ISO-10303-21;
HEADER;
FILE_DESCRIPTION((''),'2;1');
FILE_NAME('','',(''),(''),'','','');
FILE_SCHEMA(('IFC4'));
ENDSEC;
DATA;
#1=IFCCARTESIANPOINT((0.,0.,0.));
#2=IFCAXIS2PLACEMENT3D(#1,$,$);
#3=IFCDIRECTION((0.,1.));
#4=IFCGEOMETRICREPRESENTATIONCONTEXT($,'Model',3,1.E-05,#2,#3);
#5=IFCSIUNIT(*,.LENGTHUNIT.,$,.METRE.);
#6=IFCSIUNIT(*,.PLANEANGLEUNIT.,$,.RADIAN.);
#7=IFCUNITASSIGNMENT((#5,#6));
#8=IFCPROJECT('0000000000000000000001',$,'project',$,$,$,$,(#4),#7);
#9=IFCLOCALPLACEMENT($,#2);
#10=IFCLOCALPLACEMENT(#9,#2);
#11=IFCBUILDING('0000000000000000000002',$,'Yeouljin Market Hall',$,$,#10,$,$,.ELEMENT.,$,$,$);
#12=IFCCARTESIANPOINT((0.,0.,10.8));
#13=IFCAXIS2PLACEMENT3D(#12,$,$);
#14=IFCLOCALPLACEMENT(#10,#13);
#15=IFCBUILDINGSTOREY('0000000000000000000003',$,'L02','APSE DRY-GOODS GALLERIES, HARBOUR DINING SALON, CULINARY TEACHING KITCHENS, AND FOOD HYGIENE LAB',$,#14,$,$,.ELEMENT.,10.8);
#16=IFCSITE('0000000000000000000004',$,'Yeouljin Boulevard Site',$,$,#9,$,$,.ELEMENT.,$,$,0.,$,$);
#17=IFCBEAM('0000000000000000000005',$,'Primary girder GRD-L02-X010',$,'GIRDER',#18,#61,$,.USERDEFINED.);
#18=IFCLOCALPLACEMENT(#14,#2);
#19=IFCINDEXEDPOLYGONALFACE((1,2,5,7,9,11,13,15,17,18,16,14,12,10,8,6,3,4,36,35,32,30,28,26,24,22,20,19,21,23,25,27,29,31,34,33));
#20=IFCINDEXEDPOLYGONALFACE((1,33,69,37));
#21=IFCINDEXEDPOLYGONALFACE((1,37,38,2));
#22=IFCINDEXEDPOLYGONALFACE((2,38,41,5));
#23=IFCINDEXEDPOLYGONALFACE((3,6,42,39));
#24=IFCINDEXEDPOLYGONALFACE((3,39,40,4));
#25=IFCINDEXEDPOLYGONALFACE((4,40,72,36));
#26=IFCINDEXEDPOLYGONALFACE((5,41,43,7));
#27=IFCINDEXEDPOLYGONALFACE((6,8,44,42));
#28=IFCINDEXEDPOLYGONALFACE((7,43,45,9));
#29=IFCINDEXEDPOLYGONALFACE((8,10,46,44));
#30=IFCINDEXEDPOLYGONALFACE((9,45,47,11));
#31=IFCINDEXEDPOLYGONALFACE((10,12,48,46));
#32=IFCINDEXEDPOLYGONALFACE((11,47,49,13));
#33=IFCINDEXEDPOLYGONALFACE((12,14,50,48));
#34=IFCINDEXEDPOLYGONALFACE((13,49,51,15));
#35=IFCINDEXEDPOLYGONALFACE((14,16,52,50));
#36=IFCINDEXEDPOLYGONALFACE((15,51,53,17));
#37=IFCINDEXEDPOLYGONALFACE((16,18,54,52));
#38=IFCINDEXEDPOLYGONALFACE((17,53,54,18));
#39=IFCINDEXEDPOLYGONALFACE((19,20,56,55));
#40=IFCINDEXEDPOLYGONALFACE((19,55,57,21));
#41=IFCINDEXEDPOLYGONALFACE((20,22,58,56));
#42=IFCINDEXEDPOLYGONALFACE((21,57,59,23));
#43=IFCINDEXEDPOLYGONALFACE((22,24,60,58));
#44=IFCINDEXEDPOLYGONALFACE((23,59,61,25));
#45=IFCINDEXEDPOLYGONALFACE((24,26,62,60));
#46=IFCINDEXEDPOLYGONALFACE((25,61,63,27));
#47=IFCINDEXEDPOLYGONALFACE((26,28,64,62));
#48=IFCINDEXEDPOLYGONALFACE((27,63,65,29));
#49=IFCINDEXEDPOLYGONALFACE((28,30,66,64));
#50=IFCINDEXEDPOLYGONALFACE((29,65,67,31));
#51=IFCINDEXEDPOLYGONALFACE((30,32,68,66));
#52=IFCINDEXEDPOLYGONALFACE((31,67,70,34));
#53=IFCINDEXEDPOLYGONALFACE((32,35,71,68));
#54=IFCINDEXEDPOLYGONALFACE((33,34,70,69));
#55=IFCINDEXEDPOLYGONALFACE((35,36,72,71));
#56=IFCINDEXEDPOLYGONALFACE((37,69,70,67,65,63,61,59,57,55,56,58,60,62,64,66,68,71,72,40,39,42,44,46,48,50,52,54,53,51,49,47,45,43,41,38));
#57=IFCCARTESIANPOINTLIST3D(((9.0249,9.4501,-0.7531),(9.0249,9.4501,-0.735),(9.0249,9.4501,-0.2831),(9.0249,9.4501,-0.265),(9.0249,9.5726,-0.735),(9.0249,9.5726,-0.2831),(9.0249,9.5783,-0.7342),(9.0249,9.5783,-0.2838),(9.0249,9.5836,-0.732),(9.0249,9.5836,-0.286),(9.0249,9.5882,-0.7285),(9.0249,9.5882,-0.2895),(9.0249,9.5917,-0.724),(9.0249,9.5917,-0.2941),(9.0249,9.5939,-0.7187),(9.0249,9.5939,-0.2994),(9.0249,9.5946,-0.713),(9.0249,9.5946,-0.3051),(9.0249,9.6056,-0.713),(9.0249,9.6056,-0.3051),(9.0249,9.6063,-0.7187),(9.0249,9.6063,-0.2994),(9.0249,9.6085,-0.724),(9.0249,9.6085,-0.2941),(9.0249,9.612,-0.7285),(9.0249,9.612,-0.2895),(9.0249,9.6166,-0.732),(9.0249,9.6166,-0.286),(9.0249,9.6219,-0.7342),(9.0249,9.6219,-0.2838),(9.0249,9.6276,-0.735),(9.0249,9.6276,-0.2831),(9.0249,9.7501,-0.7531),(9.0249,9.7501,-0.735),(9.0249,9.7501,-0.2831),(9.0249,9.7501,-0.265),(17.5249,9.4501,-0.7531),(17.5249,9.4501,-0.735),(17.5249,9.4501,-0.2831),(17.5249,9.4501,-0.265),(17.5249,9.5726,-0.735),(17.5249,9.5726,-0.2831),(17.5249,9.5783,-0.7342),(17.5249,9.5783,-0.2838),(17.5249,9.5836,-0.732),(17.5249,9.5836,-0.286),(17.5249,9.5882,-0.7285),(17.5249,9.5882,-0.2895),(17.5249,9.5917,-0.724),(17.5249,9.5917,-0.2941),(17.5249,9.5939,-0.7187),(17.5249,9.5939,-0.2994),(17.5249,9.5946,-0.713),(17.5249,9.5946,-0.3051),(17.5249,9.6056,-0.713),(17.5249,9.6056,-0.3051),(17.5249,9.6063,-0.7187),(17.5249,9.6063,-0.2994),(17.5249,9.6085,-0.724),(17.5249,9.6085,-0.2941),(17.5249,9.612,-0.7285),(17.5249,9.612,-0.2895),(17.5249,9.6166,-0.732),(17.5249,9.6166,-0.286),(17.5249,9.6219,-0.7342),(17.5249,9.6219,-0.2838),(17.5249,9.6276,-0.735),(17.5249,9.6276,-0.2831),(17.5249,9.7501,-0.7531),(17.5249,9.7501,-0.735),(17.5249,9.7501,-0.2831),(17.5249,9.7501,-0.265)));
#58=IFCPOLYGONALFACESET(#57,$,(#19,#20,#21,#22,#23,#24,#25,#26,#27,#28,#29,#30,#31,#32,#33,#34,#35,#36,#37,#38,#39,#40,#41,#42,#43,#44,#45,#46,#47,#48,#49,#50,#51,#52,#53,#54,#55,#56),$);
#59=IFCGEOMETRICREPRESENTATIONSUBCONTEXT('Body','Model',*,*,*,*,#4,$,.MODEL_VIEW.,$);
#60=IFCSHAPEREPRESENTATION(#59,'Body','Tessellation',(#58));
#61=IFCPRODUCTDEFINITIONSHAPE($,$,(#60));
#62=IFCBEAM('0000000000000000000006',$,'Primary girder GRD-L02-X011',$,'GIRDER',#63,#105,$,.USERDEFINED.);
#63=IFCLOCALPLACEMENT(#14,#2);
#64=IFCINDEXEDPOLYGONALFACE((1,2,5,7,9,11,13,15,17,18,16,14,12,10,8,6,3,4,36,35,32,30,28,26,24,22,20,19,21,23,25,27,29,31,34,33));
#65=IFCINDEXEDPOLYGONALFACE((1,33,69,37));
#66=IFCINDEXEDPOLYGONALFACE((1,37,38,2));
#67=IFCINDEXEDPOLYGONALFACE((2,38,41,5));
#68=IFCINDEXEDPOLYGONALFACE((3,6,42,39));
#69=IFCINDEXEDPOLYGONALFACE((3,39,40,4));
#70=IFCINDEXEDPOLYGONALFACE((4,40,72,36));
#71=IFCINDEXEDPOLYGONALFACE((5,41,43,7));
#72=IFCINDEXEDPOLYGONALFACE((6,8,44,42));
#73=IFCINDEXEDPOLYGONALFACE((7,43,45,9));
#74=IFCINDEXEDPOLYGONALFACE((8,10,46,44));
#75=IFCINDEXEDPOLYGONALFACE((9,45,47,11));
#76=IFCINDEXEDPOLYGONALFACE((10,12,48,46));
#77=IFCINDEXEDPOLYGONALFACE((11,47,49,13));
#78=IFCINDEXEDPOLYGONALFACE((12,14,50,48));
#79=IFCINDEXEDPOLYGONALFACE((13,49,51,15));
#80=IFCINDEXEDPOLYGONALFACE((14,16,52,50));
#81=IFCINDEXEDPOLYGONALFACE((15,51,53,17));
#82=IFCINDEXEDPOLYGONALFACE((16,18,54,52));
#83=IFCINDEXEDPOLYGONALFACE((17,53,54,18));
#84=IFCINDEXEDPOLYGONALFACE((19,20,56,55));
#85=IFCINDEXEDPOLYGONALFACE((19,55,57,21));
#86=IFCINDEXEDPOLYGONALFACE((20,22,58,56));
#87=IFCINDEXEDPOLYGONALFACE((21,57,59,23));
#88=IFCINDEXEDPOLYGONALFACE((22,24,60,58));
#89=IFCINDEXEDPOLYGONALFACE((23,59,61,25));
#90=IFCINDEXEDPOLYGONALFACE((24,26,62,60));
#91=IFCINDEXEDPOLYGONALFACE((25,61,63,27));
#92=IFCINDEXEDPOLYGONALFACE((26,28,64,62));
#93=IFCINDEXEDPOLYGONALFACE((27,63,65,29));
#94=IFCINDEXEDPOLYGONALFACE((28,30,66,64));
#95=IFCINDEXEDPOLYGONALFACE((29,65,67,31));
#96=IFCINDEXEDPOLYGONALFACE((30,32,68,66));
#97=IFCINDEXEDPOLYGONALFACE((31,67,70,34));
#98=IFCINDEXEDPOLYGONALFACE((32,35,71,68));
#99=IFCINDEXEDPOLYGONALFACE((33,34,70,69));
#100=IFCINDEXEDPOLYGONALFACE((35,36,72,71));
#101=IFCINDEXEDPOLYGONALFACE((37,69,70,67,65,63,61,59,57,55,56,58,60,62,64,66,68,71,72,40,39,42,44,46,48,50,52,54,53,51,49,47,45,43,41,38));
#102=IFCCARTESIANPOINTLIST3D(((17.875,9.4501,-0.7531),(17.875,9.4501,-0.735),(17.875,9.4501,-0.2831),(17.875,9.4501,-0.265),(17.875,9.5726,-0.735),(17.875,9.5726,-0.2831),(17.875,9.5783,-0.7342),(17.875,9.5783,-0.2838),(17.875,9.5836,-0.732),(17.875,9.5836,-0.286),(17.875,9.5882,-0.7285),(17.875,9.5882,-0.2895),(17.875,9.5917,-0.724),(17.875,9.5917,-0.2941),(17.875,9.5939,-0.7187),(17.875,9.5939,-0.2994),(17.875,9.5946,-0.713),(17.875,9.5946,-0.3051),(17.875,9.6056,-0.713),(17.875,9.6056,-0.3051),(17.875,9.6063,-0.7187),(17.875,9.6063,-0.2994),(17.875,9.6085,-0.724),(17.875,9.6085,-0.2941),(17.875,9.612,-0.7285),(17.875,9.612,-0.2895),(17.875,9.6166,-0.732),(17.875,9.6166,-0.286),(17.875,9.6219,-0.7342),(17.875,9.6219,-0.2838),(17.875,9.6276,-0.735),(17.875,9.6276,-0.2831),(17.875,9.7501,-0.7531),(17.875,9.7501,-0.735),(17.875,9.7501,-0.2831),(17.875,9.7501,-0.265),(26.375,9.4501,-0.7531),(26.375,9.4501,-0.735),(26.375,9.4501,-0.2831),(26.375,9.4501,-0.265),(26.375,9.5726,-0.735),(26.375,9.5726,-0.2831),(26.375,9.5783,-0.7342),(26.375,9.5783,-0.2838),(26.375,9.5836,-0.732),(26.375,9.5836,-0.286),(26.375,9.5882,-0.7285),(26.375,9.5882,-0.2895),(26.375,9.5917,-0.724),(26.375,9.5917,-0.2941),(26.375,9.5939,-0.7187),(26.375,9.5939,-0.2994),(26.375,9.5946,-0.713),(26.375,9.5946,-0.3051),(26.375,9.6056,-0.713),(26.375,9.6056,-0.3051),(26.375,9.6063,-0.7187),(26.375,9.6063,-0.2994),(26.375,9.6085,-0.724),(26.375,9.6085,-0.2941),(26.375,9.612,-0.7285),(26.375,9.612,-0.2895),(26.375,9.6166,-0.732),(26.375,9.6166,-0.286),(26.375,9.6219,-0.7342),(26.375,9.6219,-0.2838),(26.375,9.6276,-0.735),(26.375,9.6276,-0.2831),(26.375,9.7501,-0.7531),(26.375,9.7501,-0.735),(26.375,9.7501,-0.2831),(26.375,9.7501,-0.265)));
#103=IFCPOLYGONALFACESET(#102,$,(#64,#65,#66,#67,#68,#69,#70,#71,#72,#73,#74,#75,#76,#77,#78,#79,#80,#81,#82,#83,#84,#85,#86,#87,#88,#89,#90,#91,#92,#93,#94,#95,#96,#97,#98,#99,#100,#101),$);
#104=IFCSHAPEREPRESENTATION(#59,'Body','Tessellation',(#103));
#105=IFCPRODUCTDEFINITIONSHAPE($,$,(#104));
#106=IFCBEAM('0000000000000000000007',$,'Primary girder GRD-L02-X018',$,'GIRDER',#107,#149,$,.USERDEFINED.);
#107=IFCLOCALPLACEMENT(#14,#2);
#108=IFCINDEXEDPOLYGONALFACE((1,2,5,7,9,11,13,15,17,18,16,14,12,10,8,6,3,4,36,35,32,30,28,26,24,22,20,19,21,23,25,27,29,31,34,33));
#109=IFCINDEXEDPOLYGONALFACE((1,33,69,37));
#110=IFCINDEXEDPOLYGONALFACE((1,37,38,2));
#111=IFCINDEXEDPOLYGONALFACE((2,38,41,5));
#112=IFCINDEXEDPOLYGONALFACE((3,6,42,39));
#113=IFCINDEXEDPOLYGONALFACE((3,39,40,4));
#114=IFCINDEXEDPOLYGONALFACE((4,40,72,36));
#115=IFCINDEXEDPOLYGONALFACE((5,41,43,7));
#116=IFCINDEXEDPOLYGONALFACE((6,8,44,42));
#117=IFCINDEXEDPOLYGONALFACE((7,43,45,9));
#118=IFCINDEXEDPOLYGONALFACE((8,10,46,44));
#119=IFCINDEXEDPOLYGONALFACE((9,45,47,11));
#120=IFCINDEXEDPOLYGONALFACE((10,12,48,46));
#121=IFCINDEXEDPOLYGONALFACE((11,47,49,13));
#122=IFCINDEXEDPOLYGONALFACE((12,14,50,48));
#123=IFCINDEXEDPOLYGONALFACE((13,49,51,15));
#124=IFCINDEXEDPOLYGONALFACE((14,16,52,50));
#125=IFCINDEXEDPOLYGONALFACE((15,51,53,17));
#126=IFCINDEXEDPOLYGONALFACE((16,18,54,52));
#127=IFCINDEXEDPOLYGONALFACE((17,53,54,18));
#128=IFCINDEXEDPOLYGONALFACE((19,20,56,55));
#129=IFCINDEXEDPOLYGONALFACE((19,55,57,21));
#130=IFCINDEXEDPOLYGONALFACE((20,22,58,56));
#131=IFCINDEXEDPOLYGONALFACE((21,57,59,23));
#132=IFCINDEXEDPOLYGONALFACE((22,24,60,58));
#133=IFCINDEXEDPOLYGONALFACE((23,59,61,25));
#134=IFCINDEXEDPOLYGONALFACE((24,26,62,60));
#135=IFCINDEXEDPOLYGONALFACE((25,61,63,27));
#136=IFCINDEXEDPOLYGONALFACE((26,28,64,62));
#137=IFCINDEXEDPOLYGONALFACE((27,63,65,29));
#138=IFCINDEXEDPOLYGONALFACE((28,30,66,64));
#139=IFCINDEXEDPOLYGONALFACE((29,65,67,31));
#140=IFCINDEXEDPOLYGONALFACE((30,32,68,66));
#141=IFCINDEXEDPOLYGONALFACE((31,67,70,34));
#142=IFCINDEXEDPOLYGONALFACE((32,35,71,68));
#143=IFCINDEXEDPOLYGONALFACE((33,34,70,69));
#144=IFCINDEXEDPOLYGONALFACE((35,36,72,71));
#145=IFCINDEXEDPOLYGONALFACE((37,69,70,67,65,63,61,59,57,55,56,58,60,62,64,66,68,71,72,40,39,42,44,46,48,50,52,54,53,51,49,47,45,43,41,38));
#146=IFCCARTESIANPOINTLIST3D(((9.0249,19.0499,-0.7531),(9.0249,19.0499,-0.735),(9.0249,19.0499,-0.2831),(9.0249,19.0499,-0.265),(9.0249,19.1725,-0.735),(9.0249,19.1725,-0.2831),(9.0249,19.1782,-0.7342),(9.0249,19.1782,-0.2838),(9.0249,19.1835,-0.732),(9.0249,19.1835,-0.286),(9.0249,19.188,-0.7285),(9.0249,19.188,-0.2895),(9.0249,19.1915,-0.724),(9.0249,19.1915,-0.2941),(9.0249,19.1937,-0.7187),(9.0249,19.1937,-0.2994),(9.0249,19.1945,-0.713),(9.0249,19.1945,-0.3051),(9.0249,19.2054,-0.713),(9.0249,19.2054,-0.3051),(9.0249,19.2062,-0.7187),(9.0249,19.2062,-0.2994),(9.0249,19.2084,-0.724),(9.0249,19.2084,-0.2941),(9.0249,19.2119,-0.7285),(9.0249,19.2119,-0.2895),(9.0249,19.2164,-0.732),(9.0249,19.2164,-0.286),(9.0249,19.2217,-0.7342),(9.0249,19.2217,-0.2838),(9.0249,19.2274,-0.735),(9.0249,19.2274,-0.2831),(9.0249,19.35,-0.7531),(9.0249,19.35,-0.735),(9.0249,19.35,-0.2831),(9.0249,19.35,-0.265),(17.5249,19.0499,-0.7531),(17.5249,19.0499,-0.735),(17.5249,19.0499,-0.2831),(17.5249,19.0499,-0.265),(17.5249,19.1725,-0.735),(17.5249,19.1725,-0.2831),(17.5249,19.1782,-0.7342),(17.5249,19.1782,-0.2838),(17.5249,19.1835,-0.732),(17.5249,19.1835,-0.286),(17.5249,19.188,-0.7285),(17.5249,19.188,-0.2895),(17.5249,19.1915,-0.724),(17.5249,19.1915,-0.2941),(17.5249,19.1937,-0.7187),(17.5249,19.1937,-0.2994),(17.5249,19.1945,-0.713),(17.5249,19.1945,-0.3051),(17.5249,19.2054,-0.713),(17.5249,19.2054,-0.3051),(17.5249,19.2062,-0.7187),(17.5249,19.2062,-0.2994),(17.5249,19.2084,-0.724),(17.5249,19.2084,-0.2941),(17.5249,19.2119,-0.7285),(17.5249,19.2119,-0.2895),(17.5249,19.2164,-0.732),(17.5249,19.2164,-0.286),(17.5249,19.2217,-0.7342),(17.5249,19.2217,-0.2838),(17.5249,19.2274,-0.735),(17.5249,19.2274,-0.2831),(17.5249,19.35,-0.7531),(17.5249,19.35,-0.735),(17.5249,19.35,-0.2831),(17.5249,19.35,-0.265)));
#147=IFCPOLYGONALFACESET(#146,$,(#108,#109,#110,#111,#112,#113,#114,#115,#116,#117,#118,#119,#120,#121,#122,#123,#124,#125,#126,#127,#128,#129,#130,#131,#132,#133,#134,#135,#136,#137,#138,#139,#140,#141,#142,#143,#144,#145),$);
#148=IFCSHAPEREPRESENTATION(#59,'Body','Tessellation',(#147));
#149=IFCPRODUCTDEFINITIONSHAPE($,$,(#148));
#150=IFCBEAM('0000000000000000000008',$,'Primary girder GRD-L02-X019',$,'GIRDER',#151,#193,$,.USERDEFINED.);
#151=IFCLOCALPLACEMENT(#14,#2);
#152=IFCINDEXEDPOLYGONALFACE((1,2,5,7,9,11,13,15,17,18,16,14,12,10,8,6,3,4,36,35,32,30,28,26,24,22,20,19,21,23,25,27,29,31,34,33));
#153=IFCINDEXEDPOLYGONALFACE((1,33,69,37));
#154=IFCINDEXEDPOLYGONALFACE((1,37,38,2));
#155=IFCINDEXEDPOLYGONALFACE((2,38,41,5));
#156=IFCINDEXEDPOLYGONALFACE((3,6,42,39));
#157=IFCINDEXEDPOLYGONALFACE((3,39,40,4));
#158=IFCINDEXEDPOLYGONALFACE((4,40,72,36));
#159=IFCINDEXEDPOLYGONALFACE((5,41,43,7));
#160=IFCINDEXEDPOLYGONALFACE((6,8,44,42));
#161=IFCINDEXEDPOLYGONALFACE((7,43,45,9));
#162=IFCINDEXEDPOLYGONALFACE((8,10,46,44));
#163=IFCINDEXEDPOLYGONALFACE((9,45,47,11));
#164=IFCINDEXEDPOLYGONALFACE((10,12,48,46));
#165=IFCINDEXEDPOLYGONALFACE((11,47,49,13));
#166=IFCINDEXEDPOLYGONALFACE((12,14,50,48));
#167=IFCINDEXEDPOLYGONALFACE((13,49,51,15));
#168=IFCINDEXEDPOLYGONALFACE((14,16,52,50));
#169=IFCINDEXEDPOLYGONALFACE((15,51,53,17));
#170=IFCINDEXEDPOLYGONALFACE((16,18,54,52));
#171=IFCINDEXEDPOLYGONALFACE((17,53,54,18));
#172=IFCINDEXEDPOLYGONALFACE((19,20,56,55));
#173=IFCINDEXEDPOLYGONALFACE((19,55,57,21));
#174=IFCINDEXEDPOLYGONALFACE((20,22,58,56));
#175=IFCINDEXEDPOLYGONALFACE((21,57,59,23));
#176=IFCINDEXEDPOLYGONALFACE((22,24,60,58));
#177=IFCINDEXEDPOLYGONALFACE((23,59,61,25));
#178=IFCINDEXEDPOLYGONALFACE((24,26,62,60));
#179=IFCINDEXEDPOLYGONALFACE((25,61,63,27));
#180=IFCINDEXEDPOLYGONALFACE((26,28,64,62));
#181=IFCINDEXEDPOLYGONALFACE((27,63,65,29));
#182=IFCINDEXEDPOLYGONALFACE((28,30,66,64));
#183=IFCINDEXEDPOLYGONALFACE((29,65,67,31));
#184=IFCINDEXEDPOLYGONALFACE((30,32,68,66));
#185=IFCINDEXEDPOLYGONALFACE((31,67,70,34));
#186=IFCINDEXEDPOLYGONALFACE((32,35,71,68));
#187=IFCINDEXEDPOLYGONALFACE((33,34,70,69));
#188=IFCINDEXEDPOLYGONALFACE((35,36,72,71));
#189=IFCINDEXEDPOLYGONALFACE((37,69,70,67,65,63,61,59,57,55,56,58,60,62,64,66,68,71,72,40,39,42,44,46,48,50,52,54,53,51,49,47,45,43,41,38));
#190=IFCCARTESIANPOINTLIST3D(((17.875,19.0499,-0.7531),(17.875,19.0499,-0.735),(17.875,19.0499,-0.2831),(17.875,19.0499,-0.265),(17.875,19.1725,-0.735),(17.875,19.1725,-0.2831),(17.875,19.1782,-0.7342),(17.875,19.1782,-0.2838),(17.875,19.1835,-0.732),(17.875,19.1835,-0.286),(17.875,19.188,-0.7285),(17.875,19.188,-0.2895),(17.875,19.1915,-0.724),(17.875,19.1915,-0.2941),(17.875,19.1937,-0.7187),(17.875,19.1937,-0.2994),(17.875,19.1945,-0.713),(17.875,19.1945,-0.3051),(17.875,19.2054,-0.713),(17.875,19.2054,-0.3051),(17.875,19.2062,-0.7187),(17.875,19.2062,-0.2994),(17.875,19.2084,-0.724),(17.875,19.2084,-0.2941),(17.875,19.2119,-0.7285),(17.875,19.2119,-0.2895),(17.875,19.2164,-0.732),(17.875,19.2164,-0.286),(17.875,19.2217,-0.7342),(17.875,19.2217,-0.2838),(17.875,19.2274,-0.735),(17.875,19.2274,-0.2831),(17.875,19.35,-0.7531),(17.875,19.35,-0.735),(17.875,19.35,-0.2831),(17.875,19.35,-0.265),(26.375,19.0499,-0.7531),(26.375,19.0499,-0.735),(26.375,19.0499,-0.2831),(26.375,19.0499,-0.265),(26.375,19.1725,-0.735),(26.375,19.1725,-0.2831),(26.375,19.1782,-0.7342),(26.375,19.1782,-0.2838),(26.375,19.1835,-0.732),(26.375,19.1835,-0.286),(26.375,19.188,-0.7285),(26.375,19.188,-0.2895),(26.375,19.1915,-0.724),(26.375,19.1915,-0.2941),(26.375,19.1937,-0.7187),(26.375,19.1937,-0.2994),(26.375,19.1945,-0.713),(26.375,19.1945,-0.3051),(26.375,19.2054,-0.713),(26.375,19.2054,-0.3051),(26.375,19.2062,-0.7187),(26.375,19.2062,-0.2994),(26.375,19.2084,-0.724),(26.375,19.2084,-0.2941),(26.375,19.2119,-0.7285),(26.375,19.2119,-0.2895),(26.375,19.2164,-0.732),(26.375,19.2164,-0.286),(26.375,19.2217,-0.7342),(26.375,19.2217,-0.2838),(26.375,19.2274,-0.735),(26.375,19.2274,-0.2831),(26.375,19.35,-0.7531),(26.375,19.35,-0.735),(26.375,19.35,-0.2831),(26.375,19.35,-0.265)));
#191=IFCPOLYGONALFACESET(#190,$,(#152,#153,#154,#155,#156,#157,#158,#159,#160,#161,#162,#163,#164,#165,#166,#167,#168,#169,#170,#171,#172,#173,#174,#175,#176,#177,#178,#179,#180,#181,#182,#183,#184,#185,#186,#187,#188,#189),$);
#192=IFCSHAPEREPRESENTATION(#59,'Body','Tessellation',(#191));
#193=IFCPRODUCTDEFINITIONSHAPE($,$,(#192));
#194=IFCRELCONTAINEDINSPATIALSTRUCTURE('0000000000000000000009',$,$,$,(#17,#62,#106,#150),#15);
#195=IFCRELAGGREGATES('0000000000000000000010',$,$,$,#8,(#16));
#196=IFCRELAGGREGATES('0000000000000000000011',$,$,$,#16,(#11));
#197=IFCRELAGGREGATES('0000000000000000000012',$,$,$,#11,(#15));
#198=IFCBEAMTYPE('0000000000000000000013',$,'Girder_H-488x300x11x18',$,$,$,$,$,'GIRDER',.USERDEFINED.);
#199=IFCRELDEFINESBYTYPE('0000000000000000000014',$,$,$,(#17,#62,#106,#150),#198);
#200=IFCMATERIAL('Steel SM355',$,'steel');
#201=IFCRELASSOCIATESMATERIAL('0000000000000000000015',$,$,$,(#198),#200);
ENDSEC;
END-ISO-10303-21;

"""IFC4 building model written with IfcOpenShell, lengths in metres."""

from ifc_helpers import new_model, si_unit, direction, frame, origin, origin_2d, place, context, subcontext, project, spatial, i_section, extrude, material, material_profile, profile_set, type_object, element, save


model = new_model("IFC4")

# Units and contexts
model_context = context("Model", 3, precision=1e-05, world=origin(), true_north=direction((0.0, 1.0)))
body_context = subcontext(model_context, "Body", "Model", "MODEL_VIEW")
ifc_project = project(units=[si_unit("LENGTHUNIT", "METRE"), si_unit("PLANEANGLEUNIT", "RADIAN")], contexts=[model_context])

# Site, building, storey
site_placement = place(None, origin())
site = spatial("IfcSite", under=ifc_project, at=site_placement, Name="Yeouljin Boulevard Site", CompositionType="ELEMENT", RefElevation=0.0)
building_placement = place(site_placement, origin())
building = spatial("IfcBuilding", under=site, at=building_placement, Name="Yeouljin Market Hall", CompositionType="ELEMENT")
storey_placement = place(building_placement, frame((0.0, 0.0, 10.8)))
storey = spatial("IfcBuildingStorey", under=building, at=storey_placement, Name="L02", Description="APSE DRY-GOODS GALLERIES, HARBOUR DINING SALON, CULINARY TEACHING KITCHENS, AND FOOD HYGIENE LAB", CompositionType="ELEMENT", Elevation=10.8)

# Beams
ifc_material_1 = material(Name="Steel SM355", Category="steel")
ifc_material_profile_1 = material_profile(ifc_material_1, i_section(OverallWidth=0.3, OverallDepth=0.488, WebThickness=0.011, FlangeThickness=0.0181, FilletRadius=0.022, at=origin_2d()), Name="H-488x300x11x18")
ifc_profile_set_1 = profile_set([ifc_material_profile_1], Name="Steel SM355")
beam_type_1 = type_object("IfcBeamType", Name="Girder_H-488x300x11x18", ElementType="GIRDER", PredefinedType="USERDEFINED", material=ifc_profile_set_1)
for number, where, z_axis, x_axis, name in (
    (1, (9.0249, 9.6001, -0.509), (1.0, 0.0, 0.0), (0.0, 1.0, 0.0), "Primary girder GRD-L02-X010"),
    (2, (17.875, 9.6001, -0.509), (1.0, 0.0, 0.0), (0.0, 1.0, 0.0), "Primary girder GRD-L02-X011"),
    (3, (9.0249, 19.2, -0.509), (1.0, 0.0, 0.0), (0.0, 1.0, 0.0), "Primary girder GRD-L02-X018"),
    (4, (17.875, 19.2, -0.509), (1.0, 0.0, 0.0), (0.0, 1.0, 0.0), "Primary girder GRD-L02-X019"),
):
    element("IfcBeam", number, at=place(storey_placement, frame(where, z_axis=z_axis, x_axis=x_axis)), inside=storey, type_object=beam_type_1, Name=name, ObjectType="GIRDER", PredefinedType="USERDEFINED", context=body_context, shape_type="SweptSolid", body=[
        extrude(i_section(OverallWidth=0.3, OverallDepth=0.488, WebThickness=0.011, FlangeThickness=0.0181, FilletRadius=0.022, at=origin_2d()), origin(), (0.0, 0.0, 1.0), 8.5),
    ])

save(model, "model.ifc")
